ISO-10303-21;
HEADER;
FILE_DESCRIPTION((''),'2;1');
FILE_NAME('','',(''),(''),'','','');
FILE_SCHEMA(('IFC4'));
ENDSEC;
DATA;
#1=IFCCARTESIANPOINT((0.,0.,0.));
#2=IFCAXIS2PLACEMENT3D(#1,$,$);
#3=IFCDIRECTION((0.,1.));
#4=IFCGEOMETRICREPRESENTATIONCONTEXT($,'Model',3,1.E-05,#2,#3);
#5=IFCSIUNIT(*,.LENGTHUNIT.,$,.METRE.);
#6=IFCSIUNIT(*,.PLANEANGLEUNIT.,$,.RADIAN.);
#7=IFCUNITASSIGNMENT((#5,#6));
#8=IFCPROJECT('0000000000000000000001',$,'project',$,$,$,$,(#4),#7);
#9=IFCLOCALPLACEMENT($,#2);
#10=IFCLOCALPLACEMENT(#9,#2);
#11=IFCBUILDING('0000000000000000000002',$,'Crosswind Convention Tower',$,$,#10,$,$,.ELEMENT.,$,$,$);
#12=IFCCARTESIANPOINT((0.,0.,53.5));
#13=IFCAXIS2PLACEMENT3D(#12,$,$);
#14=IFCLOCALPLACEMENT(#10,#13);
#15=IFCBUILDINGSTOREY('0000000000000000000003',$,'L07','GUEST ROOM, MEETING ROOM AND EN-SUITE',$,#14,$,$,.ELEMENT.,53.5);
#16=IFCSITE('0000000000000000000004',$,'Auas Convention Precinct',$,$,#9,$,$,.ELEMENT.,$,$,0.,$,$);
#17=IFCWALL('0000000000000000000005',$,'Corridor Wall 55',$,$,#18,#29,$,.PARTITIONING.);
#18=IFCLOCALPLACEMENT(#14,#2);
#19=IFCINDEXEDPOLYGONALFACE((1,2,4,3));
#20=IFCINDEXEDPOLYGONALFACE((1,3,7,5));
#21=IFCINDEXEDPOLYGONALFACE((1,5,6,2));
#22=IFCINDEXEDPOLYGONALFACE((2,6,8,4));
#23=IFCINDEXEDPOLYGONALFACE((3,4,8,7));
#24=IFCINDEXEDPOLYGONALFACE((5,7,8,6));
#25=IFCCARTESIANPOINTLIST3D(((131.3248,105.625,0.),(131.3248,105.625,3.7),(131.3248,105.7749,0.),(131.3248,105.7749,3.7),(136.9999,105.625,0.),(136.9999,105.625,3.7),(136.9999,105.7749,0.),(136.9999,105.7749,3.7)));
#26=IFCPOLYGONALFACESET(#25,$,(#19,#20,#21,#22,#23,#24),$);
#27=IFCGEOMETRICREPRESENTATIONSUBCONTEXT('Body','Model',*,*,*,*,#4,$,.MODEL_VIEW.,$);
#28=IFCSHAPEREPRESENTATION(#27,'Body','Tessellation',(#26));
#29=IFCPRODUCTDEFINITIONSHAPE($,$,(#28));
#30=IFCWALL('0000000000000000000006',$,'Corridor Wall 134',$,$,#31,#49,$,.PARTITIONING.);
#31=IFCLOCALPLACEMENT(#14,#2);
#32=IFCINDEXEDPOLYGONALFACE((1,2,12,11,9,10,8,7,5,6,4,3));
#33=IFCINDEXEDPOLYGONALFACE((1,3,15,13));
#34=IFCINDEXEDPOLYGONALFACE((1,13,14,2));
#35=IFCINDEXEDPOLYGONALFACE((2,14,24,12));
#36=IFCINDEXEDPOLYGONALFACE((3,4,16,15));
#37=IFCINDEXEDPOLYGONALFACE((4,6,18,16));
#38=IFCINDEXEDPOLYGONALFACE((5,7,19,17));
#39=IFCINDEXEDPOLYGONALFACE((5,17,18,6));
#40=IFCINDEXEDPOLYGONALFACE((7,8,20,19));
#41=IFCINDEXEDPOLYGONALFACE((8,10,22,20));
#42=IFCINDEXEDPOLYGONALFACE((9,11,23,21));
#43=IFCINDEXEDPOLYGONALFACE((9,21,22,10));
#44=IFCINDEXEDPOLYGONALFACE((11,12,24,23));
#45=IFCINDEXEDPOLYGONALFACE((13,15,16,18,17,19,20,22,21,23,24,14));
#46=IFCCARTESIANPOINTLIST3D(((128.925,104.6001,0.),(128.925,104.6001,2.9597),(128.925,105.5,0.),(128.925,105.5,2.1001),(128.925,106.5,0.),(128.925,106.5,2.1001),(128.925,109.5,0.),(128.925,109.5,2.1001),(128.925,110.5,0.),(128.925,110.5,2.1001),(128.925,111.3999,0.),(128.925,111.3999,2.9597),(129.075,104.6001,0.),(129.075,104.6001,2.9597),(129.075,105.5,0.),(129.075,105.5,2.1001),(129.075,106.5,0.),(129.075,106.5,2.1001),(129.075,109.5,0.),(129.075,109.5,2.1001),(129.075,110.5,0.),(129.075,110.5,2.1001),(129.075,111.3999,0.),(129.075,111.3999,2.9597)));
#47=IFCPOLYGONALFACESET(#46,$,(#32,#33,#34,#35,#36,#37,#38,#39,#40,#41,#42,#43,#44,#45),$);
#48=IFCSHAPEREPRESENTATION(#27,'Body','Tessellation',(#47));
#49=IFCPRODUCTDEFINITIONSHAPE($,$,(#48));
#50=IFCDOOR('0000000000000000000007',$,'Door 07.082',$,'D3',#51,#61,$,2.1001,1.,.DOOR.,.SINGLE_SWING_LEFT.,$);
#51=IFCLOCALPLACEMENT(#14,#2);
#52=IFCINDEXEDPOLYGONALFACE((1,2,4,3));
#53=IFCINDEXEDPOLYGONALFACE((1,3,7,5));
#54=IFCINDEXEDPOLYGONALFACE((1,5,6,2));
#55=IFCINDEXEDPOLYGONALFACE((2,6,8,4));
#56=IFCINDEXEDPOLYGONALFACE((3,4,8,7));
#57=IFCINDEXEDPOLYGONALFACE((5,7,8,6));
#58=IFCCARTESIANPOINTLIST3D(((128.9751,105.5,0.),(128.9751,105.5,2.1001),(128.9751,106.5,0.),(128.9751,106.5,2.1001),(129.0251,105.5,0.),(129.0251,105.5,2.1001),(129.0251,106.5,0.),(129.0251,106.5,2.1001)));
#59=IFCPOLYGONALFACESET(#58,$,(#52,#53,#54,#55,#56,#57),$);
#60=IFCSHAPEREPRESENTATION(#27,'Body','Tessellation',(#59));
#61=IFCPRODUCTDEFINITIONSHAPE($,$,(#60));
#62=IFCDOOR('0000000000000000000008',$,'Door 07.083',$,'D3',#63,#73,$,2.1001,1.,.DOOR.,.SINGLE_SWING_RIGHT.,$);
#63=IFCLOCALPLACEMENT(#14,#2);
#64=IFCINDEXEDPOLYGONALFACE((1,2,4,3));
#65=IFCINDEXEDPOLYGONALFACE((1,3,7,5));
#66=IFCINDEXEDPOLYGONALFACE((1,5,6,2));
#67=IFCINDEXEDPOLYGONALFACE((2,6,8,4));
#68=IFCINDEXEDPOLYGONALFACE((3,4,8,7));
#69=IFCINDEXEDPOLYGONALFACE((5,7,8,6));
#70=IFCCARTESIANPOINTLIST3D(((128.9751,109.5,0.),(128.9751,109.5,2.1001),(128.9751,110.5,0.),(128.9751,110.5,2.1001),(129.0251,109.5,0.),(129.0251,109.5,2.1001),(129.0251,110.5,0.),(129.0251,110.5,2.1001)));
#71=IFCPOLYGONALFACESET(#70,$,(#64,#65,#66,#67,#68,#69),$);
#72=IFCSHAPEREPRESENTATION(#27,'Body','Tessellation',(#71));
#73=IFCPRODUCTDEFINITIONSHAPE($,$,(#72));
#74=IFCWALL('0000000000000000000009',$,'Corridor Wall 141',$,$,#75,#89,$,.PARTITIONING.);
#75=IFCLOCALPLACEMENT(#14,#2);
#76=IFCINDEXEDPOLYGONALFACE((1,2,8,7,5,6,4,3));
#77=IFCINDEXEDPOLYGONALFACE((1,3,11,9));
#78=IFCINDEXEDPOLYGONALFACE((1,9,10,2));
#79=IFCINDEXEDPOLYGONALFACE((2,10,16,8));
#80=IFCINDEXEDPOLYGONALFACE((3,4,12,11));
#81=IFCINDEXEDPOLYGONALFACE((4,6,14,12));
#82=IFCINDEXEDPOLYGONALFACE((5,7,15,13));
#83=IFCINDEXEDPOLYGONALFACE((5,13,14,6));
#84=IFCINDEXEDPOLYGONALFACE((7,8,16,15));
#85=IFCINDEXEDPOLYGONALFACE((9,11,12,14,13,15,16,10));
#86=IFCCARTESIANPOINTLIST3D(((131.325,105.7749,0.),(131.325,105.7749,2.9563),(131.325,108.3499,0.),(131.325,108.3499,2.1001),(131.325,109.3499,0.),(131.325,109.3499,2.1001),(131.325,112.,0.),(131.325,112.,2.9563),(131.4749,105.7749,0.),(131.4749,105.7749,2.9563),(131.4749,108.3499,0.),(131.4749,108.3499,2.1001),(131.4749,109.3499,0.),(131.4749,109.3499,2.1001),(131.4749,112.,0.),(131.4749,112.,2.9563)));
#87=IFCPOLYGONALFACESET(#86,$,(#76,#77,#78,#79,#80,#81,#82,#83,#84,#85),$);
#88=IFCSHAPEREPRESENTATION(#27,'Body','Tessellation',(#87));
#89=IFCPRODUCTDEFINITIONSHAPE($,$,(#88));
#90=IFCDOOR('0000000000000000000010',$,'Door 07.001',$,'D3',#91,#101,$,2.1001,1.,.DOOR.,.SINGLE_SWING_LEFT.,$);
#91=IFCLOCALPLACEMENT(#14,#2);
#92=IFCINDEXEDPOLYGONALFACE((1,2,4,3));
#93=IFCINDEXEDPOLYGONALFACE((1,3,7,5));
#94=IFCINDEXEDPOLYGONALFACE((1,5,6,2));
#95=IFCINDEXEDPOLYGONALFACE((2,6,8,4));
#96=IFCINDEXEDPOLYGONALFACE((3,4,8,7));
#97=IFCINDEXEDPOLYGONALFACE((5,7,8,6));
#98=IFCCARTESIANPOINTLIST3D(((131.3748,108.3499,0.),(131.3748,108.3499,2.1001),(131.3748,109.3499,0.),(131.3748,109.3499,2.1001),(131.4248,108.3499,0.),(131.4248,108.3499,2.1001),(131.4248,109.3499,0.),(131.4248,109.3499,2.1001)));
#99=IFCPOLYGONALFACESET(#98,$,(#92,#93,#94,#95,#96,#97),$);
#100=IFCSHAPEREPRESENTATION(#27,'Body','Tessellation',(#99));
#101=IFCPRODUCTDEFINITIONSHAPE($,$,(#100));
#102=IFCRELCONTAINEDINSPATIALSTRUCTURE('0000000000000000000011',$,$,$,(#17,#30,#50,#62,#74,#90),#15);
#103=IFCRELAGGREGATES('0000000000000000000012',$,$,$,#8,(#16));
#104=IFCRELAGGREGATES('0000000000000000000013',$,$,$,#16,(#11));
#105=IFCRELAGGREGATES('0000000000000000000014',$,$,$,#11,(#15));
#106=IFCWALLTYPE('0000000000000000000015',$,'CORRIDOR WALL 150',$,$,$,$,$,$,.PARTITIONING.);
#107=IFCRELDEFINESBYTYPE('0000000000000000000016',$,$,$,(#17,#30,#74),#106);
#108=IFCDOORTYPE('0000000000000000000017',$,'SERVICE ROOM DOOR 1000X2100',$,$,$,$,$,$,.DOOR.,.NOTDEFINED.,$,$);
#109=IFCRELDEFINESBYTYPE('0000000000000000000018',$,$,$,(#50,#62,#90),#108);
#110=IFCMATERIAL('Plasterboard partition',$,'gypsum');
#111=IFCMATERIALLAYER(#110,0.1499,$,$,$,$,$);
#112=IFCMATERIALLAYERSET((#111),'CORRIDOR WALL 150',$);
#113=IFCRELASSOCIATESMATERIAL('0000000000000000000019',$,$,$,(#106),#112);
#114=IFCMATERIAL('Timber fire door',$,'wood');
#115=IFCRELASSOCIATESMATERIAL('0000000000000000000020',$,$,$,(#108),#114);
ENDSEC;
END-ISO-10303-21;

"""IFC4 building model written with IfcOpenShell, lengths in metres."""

from ifc_helpers import new_model, si_unit, direction, frame, frame_2d, origin, place, context, subcontext, project, spatial, rectangle, extrude, material, layer, layer_set, type_object, element, fill, save


model = new_model("IFC4")

# Units and contexts
model_context = context("Model", 3, precision=1e-05, world=origin(), true_north=direction((0.0, 1.0)))
body_context = subcontext(model_context, "Body", "Model", "MODEL_VIEW")
ifc_project = project(units=[si_unit("LENGTHUNIT", "METRE"), si_unit("PLANEANGLEUNIT", "RADIAN")], contexts=[model_context])

# Site, building, storey
site_placement = place(None, origin())
site = spatial("IfcSite", under=ifc_project, at=site_placement, Name="Auas Convention Precinct", CompositionType="ELEMENT", RefElevation=0.0)
building_placement = place(site_placement, origin())
building = spatial("IfcBuilding", under=site, at=building_placement, Name="Crosswind Convention Tower", CompositionType="ELEMENT")
storey_placement = place(building_placement, frame((0.0, 0.0, 53.5)))
storey = spatial("IfcBuildingStorey", under=building, at=storey_placement, Name="L07", Description="GUEST ROOM, MEETING ROOM AND EN-SUITE", CompositionType="ELEMENT", Elevation=53.5)

# Wall
ifc_material_1 = material(Name="Plasterboard partition", Category="gypsum")
ifc_layer_1 = layer(ifc_material_1, 0.1499)
ifc_layer_set_1 = layer_set([ifc_layer_1], Name="CORRIDOR WALL 150")
wall_type_1 = type_object("IfcWallType", Name="CORRIDOR WALL 150", PredefinedType="PARTITIONING", material=ifc_layer_set_1)
wall_1_placement = place(storey_placement, frame((131.325, 105.7, 0.0), z_axis=(0.0, 0.0, 1.0), x_axis=(1.0, 0.0, 0.0)))
element("IfcWall", 1, at=wall_1_placement, inside=storey, type_object=wall_type_1, Name="Corridor Wall 55", PredefinedType="PARTITIONING", context=body_context, shape_type="SweptSolid", body=[
    extrude(rectangle(XDim=5.675, YDim=0.1499, at=frame_2d((2.8374, 0.0))), origin(), (0.0, 0.0, 1.0), 3.7),
])

# Wall, openings, doors
wall_2_placement = place(storey_placement, frame((129.0, 104.6001, 0.0), z_axis=(0.0, 0.0, 1.0), x_axis=(0.0, 1.0, 0.0)))
wall_2 = element("IfcWall", 2, at=wall_2_placement, inside=storey, type_object=wall_type_1, Name="Corridor Wall 134", PredefinedType="PARTITIONING", context=body_context, shape_type="SweptSolid", body=[
    extrude(rectangle(XDim=6.7998, YDim=0.1499, at=frame_2d((3.3999, 0.0))), origin(), (0.0, 0.0, 1.0), 2.9597),
])
opening_1_placement = place(wall_2_placement, frame((0.8999, 0.0, 0.0)))
opening_1 = element("IfcOpeningElement", 3, at=opening_1_placement, cuts=wall_2, PredefinedType="OPENING", context=body_context, shape_type="SweptSolid", body=[
    extrude(rectangle(XDim=1.0, YDim=2.1001, at=frame_2d((0.5, 1.05))), frame((0.0, 0.085, 0.0), z_axis=(0.0, -1.0, 0.0), x_axis=(1.0, 0.0, 0.0)), (0.0, 0.0, 1.0), 0.1699),
])
opening_2_placement = place(wall_2_placement, frame((4.8999, 0.0, 0.0)))
opening_2 = element("IfcOpeningElement", 4, at=opening_2_placement, cuts=wall_2, PredefinedType="OPENING", context=body_context, shape_type="SweptSolid", body=[
    extrude(rectangle(XDim=1.0, YDim=2.1001, at=frame_2d((0.5, 1.05))), frame((0.0, 0.085, 0.0), z_axis=(0.0, -1.0, 0.0), x_axis=(1.0, 0.0, 0.0)), (0.0, 0.0, 1.0), 0.1699),
])
ifc_material_2 = material(Name="Timber fire door", Category="wood")
door_type_1 = type_object("IfcDoorType", Name="SERVICE ROOM DOOR 1000X2100", OperationType="NOTDEFINED", PredefinedType="DOOR", material=ifc_material_2)
door_1_placement = place(opening_1_placement, origin())
door_1 = element("IfcDoor", 5, at=door_1_placement, inside=storey, type_object=door_type_1, Name="Door 07.082", ObjectType="D3", OperationType="SINGLE_SWING_LEFT", OverallHeight=2.1001, OverallWidth=1.0, PredefinedType="DOOR", context=body_context, shape_type="SweptSolid", body=[
    extrude(rectangle(XDim=1.0, YDim=2.1001, at=frame_2d((0.5, 1.05))), frame((0.0, 0.0249, 0.0), z_axis=(0.0, -1.0, 0.0), x_axis=(1.0, 0.0, 0.0)), (0.0, 0.0, 1.0), 0.05),
])
fill(opening_1, door_1)
door_2_placement = place(opening_2_placement, origin())
door_2 = element("IfcDoor", 6, at=door_2_placement, inside=storey, type_object=door_type_1, Name="Door 07.083", ObjectType="D3", OperationType="SINGLE_SWING_RIGHT", OverallHeight=2.1001, OverallWidth=1.0, PredefinedType="DOOR", context=body_context, shape_type="SweptSolid", body=[
    extrude(rectangle(XDim=1.0, YDim=2.1001, at=frame_2d((0.5, 1.05))), frame((0.0, 0.0249, 0.0), z_axis=(0.0, -1.0, 0.0), x_axis=(1.0, 0.0, 0.0)), (0.0, 0.0, 1.0), 0.05),
])
fill(opening_2, door_2)

# Wall, opening, door
wall_3_placement = place(storey_placement, frame((131.3999, 105.7749, 0.0), z_axis=(0.0, 0.0, 1.0), x_axis=(0.0, 1.0, 0.0)))
wall_3 = element("IfcWall", 7, at=wall_3_placement, inside=storey, type_object=wall_type_1, Name="Corridor Wall 141", PredefinedType="PARTITIONING", context=body_context, shape_type="SweptSolid", body=[
    extrude(rectangle(XDim=6.2251, YDim=0.1499, at=frame_2d((3.1125, 0.0))), origin(), (0.0, 0.0, 1.0), 2.9563),
])
opening_3_placement = place(wall_3_placement, frame((2.575, 0.0, 0.0)))
opening_3 = element("IfcOpeningElement", 8, at=opening_3_placement, cuts=wall_3, PredefinedType="OPENING", context=body_context, shape_type="SweptSolid", body=[
    extrude(rectangle(XDim=1.0, YDim=2.1001, at=frame_2d((0.5, 1.05))), frame((0.0, 0.085, 0.0), z_axis=(0.0, -1.0, 0.0), x_axis=(1.0, 0.0, 0.0)), (0.0, 0.0, 1.0), 0.1699),
])
door_3_placement = place(opening_3_placement, frame((1.0, 0.0, 0.0), z_axis=(0.0, 0.0, 1.0), x_axis=(-1.0, 0.0, 0.0)))
door_3 = element("IfcDoor", 9, at=door_3_placement, inside=storey, type_object=door_type_1, Name="Door 07.001", ObjectType="D3", OperationType="SINGLE_SWING_LEFT", OverallHeight=2.1001, OverallWidth=1.0, PredefinedType="DOOR", context=body_context, shape_type="SweptSolid", body=[
    extrude(rectangle(XDim=1.0, YDim=2.1001, at=frame_2d((0.5, 1.05))), frame((0.0, 0.0249, 0.0), z_axis=(0.0, -1.0, 0.0), x_axis=(1.0, 0.0, 0.0)), (0.0, 0.0, 1.0), 0.05),
])
fill(opening_3, door_3)

save(model, "model.ifc")
